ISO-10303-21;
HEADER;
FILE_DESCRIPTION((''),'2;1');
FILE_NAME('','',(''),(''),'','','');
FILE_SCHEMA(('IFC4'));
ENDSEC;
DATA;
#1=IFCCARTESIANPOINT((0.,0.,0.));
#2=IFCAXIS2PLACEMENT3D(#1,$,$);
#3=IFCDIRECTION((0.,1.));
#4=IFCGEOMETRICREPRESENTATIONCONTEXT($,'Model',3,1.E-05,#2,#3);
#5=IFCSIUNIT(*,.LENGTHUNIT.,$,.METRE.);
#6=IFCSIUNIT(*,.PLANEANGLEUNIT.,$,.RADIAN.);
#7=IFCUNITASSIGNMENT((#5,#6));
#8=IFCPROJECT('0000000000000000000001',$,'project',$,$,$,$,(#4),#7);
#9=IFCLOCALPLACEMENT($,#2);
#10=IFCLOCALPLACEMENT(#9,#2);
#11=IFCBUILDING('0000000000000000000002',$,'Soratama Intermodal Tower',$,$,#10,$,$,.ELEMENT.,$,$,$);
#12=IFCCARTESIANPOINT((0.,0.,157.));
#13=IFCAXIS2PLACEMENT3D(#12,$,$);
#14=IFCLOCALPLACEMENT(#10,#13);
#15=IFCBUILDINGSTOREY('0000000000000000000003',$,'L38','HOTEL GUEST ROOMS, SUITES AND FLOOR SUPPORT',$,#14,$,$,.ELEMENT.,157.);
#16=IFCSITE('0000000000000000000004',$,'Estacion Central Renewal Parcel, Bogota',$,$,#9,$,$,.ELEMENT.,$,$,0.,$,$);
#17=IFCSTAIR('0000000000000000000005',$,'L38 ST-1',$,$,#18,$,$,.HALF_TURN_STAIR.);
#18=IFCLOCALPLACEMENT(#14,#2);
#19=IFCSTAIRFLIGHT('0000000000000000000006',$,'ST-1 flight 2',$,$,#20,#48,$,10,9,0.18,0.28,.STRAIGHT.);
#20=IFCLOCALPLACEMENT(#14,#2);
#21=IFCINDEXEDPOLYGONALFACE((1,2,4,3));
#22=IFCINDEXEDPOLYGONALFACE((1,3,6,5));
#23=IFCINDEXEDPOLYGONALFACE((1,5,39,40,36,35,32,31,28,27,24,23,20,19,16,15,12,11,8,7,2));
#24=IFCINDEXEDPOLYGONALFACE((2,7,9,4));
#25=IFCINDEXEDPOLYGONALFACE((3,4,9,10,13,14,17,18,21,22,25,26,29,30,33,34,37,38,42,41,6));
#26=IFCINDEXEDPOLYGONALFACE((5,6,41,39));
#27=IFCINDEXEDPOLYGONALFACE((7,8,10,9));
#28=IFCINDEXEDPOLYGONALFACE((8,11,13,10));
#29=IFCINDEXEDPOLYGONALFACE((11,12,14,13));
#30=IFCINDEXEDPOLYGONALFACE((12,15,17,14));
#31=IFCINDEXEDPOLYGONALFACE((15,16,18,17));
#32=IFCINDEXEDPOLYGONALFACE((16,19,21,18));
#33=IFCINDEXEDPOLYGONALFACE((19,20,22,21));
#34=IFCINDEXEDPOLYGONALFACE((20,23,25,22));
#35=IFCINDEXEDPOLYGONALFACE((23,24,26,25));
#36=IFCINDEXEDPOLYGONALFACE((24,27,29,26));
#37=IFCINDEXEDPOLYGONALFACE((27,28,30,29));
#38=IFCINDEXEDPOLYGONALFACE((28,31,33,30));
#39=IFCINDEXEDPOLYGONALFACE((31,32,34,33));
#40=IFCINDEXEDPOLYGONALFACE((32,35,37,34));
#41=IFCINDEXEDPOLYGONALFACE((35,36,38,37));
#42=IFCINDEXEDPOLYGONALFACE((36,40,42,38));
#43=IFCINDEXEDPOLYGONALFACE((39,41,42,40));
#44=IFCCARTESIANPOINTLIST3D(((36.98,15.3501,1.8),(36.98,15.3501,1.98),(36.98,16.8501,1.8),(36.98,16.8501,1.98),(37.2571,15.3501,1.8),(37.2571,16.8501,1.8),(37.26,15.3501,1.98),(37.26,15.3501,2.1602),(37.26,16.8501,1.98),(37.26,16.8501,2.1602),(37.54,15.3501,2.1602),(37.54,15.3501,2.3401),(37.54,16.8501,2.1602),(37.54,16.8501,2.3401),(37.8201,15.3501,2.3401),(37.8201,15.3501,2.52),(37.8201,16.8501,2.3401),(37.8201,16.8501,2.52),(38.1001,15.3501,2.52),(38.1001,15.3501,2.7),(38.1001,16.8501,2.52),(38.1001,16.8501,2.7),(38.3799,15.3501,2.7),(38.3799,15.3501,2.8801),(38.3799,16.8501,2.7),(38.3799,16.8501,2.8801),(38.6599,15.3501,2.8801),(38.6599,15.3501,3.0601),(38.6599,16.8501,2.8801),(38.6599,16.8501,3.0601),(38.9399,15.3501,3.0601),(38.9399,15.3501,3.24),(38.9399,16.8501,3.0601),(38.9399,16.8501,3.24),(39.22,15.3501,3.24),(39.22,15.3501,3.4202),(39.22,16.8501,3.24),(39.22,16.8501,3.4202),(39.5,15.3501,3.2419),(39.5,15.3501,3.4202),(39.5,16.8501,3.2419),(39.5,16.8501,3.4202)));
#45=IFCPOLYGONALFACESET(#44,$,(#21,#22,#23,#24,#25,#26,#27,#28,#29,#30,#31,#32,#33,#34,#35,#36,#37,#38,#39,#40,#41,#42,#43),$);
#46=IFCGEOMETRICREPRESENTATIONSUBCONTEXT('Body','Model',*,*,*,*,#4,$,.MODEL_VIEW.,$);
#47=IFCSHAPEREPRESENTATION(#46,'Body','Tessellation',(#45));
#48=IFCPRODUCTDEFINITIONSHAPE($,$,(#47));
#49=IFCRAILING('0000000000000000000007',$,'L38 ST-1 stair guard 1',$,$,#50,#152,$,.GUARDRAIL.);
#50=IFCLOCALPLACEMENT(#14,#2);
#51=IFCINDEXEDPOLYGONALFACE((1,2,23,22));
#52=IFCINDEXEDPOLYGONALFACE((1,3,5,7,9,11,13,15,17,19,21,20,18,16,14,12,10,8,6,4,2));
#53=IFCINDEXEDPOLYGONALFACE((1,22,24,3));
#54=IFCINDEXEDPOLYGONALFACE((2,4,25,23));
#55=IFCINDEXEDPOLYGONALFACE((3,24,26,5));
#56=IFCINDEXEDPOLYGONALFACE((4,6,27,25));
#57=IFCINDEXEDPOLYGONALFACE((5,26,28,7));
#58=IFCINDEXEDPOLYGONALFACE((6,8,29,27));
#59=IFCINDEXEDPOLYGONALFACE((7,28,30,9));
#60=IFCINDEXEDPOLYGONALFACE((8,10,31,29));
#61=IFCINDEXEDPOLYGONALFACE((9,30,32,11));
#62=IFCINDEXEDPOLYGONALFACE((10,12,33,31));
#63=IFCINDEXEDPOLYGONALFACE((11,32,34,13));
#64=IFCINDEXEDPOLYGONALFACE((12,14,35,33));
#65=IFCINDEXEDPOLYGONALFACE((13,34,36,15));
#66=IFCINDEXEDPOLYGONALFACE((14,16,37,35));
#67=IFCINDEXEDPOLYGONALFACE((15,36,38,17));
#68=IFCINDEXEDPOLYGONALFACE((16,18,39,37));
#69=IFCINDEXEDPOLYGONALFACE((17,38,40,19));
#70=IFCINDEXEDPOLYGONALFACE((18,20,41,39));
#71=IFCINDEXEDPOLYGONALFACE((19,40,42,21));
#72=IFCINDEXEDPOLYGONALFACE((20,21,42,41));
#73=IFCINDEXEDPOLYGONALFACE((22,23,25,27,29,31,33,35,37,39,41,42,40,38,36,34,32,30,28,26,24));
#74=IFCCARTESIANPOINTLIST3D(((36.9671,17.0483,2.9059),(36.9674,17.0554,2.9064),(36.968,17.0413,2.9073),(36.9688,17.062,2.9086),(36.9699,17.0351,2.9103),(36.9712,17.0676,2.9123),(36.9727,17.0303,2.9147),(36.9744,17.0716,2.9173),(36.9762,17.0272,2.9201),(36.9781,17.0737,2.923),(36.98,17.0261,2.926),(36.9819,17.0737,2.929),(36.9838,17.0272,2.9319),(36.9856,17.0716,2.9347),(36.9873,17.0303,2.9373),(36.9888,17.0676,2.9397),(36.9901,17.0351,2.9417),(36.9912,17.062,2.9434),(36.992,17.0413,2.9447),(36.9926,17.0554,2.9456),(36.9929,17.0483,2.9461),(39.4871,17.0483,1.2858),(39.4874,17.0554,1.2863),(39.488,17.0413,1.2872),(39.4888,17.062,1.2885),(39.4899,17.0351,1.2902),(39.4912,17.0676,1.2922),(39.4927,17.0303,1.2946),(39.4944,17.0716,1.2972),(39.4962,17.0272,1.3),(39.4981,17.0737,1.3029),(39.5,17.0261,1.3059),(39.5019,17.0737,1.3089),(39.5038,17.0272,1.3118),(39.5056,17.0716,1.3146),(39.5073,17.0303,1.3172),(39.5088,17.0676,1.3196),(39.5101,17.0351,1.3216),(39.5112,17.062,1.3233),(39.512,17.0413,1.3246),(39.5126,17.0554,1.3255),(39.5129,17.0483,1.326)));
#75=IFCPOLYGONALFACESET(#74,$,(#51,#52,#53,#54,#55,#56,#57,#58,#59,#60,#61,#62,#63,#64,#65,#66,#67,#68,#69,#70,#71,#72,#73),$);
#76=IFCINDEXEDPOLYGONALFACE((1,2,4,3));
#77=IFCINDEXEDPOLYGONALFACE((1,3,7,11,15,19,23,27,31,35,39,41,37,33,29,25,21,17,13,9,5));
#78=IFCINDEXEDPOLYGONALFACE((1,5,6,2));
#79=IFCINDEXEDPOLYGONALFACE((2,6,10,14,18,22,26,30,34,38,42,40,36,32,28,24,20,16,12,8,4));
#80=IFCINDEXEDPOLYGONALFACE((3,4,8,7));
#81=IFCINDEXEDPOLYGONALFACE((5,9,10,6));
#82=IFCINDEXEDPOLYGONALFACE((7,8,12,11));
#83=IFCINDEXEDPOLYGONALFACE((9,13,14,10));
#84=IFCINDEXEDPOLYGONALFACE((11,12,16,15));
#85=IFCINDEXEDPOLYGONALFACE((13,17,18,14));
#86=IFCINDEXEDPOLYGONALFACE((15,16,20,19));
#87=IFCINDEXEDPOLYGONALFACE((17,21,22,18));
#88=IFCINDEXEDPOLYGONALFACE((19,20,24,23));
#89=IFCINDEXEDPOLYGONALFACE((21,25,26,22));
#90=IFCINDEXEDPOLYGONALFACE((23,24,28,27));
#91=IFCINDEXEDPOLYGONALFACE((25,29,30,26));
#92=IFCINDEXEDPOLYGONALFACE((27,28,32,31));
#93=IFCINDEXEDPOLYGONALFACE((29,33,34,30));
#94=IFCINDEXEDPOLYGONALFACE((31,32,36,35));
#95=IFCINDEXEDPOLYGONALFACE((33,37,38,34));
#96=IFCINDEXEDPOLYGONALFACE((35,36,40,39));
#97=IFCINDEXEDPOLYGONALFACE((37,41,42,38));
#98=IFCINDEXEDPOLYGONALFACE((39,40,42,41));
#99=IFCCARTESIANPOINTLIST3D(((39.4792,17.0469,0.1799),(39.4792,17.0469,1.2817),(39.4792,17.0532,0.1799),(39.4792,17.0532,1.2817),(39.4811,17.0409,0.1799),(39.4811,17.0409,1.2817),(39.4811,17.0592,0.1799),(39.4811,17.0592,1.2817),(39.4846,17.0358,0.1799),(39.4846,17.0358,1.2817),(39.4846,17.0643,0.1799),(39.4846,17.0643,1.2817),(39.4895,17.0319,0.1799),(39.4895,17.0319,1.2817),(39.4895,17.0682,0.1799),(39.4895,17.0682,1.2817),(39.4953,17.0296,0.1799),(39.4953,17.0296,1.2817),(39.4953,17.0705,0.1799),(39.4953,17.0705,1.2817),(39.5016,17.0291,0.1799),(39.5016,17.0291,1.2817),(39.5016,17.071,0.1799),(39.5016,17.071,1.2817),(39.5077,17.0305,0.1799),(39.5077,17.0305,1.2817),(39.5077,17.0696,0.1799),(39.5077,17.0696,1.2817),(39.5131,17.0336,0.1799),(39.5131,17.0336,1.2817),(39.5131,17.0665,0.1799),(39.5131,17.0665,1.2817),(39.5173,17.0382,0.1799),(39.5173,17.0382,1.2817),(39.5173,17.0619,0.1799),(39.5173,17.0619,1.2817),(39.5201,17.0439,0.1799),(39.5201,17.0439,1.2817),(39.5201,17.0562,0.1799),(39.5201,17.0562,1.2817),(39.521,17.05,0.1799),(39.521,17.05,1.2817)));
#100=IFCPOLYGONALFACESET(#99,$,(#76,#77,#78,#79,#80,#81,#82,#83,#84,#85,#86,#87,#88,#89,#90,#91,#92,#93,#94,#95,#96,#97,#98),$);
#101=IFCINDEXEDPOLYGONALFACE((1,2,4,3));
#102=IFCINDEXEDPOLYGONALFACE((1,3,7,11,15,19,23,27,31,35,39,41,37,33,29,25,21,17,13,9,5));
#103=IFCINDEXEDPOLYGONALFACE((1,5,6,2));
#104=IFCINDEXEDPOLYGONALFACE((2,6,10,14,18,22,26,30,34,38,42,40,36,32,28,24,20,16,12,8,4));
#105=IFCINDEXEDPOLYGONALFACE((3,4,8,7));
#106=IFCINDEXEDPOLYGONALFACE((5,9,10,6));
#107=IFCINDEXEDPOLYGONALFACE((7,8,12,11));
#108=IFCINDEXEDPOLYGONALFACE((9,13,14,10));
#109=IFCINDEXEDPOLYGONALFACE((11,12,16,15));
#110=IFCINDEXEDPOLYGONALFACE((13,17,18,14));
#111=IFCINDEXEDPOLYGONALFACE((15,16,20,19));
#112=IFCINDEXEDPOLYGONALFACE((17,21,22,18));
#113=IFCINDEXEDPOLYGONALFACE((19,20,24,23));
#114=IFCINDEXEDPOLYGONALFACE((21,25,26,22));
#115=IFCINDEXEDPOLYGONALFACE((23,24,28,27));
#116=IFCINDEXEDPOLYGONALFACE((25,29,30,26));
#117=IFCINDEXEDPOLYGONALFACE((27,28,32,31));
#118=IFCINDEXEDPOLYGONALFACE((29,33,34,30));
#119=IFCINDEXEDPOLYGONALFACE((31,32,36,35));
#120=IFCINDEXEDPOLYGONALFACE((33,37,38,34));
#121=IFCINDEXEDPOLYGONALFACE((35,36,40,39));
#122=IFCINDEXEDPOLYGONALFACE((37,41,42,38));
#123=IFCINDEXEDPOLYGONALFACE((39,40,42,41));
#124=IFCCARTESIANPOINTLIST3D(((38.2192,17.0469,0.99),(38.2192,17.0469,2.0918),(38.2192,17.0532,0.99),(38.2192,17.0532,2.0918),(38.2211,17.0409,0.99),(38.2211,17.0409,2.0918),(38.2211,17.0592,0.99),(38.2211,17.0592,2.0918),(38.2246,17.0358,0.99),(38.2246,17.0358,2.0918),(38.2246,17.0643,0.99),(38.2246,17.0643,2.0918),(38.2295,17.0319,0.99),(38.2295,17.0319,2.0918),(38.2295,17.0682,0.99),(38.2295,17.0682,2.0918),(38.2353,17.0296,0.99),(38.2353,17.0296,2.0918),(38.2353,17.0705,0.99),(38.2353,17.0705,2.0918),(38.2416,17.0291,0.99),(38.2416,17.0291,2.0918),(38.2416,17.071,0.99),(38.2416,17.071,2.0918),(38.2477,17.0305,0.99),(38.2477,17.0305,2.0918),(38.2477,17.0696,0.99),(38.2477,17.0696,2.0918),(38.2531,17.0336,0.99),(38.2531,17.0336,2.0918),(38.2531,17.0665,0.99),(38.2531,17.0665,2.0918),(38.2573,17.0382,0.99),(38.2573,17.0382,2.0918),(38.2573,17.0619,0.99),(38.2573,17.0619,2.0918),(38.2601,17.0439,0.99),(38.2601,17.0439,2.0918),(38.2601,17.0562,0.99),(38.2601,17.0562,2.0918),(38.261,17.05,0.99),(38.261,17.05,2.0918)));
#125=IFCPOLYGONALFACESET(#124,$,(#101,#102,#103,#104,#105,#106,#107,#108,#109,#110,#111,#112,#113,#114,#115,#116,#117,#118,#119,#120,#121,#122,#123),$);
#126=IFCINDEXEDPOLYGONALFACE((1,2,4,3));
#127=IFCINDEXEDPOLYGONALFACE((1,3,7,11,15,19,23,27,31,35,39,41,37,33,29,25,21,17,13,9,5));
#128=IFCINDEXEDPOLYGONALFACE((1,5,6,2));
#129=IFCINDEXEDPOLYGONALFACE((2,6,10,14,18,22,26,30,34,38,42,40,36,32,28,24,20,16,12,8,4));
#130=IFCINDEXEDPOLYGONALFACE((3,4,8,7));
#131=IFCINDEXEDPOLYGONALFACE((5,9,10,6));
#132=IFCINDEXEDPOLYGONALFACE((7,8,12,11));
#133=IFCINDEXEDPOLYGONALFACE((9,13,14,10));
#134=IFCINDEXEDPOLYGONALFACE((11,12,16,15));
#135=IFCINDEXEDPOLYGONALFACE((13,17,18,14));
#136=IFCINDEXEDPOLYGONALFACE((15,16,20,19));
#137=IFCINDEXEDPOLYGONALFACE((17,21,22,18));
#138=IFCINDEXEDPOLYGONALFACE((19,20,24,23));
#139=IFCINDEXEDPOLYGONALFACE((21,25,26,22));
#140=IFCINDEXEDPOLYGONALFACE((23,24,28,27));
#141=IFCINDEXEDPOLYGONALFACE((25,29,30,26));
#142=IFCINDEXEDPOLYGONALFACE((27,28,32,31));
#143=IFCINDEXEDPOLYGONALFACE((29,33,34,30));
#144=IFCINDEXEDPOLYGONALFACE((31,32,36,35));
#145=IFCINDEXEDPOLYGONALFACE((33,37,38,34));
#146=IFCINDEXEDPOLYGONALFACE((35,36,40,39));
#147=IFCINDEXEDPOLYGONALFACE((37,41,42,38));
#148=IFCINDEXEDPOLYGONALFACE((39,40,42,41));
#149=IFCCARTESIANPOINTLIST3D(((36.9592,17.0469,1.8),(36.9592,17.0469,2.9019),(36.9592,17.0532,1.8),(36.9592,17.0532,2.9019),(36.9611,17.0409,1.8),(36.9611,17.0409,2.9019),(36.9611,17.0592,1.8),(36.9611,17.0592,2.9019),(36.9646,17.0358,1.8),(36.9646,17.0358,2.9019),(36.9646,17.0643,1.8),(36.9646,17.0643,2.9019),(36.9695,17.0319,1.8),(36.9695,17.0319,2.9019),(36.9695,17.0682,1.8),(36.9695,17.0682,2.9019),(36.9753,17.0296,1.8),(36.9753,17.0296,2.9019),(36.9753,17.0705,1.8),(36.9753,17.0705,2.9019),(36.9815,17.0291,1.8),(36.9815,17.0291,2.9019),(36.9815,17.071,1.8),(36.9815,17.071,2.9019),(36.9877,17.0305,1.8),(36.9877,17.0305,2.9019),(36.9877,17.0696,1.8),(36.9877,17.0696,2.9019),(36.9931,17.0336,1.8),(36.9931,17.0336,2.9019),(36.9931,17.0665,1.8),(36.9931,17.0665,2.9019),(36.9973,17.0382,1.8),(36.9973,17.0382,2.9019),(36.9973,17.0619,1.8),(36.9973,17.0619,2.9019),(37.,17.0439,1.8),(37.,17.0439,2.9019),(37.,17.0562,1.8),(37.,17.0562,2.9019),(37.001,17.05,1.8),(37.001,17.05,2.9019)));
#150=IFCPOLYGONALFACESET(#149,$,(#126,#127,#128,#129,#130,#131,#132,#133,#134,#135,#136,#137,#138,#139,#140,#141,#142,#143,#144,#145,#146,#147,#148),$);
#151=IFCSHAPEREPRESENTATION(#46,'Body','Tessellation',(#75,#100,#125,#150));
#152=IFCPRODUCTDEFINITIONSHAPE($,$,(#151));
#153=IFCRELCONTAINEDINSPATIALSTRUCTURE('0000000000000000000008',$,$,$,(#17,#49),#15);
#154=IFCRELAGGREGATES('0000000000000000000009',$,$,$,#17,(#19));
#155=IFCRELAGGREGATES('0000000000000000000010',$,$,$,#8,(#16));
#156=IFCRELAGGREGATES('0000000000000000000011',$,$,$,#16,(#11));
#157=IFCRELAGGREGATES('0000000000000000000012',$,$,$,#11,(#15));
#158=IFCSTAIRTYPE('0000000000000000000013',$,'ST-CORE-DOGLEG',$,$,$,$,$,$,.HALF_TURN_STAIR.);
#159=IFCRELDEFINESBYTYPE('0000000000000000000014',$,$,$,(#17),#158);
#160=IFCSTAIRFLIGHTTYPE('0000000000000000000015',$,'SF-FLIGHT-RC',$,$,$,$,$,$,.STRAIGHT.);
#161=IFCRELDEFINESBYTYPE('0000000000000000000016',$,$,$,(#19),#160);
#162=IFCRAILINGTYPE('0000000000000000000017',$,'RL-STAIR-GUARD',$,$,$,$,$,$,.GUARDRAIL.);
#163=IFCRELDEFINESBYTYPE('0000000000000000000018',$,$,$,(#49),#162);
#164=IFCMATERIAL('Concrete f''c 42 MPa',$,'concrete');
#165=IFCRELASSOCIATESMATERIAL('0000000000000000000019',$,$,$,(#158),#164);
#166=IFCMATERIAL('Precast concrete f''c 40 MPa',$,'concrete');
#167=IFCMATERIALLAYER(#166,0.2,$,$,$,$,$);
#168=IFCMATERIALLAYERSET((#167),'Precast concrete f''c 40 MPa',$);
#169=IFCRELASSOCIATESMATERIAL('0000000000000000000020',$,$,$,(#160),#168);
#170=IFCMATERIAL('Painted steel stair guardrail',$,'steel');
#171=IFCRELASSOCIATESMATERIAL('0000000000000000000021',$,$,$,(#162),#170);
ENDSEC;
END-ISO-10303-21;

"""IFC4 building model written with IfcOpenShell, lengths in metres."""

from ifc_helpers import new_model, si_unit, direction, frame, origin, origin_2d, place, context, subcontext, project, spatial, polyline, circle, outline, extrude, material, layer, layer_set, type_object, element, aggregate, save


model = new_model("IFC4")

# Units and contexts
model_context = context("Model", 3, precision=1e-05, world=origin(), true_north=direction((0.0, 1.0)))
body_context = subcontext(model_context, "Body", "Model", "MODEL_VIEW")
ifc_project = project(units=[si_unit("LENGTHUNIT", "METRE"), si_unit("PLANEANGLEUNIT", "RADIAN")], contexts=[model_context])

# Site, building, storey
site_placement = place(None, origin())
site = spatial("IfcSite", under=ifc_project, at=site_placement, Name="Estacion Central Renewal Parcel, Bogota", CompositionType="ELEMENT", RefElevation=0.0)
building_placement = place(site_placement, origin())
building = spatial("IfcBuilding", under=site, at=building_placement, Name="Soratama Intermodal Tower", CompositionType="ELEMENT")
storey_placement = place(building_placement, frame((0.0, 0.0, 157.0)))
storey = spatial("IfcBuildingStorey", under=building, at=storey_placement, Name="L38", Description="HOTEL GUEST ROOMS, SUITES AND FLOOR SUPPORT", CompositionType="ELEMENT", Elevation=157.0)

# Stair, stair flight
ifc_material_1 = material(Name="Concrete f'c 42 MPa", Category="concrete")
stair_type = type_object("IfcStairType", Name="ST-CORE-DOGLEG", PredefinedType="HALF_TURN_STAIR", material=ifc_material_1)
stair_placement = place(storey_placement, origin())
stair = element("IfcStair", 1, at=stair_placement, inside=storey, type_object=stair_type, Name="L38 ST-1", PredefinedType="HALF_TURN_STAIR")
ifc_material_2 = material(Name="Precast concrete f'c 40 MPa", Category="concrete")
ifc_layer_1 = layer(ifc_material_2, 0.2)
ifc_layer_set_1 = layer_set([ifc_layer_1], Name="Precast concrete f'c 40 MPa")
stair_flight_type = type_object("IfcStairFlightType", Name="SF-FLIGHT-RC", PredefinedType="STRAIGHT", material=ifc_layer_set_1)
stair_flight_1_placement = place(storey_placement, frame((36.98, 16.1001, 1.8), z_axis=(0.0, 0.0, 1.0), x_axis=(1.0, 0.0, 0.0)))
stair_flight_1 = element("IfcStairFlight", 2, at=stair_flight_1_placement, type_object=stair_flight_type, Name="ST-1 flight 2", NumberOfRisers=10, NumberOfTreads=9, PredefinedType="STRAIGHT", RiserHeight=0.18, TreadLength=0.28, context=body_context, shape_type="SweptSolid", body=[
    extrude(outline(polyline([(0.0, 0.0), (0.0, 0.1799), (0.28, 0.1799), (0.28, 0.3601), (0.5601, 0.3601), (0.5601, 0.54), (0.8401, 0.54), (0.8401, 0.72), (1.1201, 0.72), (1.1201, 0.8999), (1.3999, 0.8999), (1.3999, 1.0801), (1.6799, 1.0801), (1.6799, 1.26), (1.96, 1.26), (1.96, 1.4399), (2.24, 1.4399), (2.24, 1.6201), (2.52, 1.6201), (2.52, 1.8), (2.52, 1.4419), (0.2771, 0.0), (0.0, 0.0)])), frame((0.0, 0.75, 0.0), z_axis=(0.0, -1.0, 0.0), x_axis=(1.0, 0.0, 0.0)), (0.0, 0.0, 1.0), 1.5),
])
aggregate(stair, [stair_flight_1])

# Railing
ifc_material_3 = material(Name="Painted steel stair guardrail", Category="steel")
railing_type_1 = type_object("IfcRailingType", Name="RL-STAIR-GUARD", PredefinedType="GUARDRAIL", material=ifc_material_3)
railing_1_placement = place(storey_placement, frame((39.5, 17.05, 0.1799)))
element("IfcRailing", 3, at=railing_1_placement, inside=storey, type_object=railing_type_1, Name="L38 ST-1 stair guard 1", PredefinedType="GUARDRAIL", context=body_context, shape_type="SweptSolid", body=[
    extrude(circle(Radius=0.0239, at=origin_2d()), frame((0.0, 0.0, 1.126), z_axis=(-0.841163, 0.0, 0.540782), x_axis=(0.0, -1.0, 0.0)), (0.0, 0.0, 1.0), 2.9958),
    extrude(circle(Radius=0.021, at=origin_2d()), origin(), (0.0, 0.0, 1.0), 1.1018),
    extrude(circle(Radius=0.021, at=origin_2d()), frame((-1.26, 0.0, 0.8101)), (0.0, 0.0, 1.0), 1.1018),
    extrude(circle(Radius=0.021, at=origin_2d()), frame((-2.52, 0.0, 1.6201)), (0.0, 0.0, 1.0), 1.1018),
])

save(model, "model.ifc")
